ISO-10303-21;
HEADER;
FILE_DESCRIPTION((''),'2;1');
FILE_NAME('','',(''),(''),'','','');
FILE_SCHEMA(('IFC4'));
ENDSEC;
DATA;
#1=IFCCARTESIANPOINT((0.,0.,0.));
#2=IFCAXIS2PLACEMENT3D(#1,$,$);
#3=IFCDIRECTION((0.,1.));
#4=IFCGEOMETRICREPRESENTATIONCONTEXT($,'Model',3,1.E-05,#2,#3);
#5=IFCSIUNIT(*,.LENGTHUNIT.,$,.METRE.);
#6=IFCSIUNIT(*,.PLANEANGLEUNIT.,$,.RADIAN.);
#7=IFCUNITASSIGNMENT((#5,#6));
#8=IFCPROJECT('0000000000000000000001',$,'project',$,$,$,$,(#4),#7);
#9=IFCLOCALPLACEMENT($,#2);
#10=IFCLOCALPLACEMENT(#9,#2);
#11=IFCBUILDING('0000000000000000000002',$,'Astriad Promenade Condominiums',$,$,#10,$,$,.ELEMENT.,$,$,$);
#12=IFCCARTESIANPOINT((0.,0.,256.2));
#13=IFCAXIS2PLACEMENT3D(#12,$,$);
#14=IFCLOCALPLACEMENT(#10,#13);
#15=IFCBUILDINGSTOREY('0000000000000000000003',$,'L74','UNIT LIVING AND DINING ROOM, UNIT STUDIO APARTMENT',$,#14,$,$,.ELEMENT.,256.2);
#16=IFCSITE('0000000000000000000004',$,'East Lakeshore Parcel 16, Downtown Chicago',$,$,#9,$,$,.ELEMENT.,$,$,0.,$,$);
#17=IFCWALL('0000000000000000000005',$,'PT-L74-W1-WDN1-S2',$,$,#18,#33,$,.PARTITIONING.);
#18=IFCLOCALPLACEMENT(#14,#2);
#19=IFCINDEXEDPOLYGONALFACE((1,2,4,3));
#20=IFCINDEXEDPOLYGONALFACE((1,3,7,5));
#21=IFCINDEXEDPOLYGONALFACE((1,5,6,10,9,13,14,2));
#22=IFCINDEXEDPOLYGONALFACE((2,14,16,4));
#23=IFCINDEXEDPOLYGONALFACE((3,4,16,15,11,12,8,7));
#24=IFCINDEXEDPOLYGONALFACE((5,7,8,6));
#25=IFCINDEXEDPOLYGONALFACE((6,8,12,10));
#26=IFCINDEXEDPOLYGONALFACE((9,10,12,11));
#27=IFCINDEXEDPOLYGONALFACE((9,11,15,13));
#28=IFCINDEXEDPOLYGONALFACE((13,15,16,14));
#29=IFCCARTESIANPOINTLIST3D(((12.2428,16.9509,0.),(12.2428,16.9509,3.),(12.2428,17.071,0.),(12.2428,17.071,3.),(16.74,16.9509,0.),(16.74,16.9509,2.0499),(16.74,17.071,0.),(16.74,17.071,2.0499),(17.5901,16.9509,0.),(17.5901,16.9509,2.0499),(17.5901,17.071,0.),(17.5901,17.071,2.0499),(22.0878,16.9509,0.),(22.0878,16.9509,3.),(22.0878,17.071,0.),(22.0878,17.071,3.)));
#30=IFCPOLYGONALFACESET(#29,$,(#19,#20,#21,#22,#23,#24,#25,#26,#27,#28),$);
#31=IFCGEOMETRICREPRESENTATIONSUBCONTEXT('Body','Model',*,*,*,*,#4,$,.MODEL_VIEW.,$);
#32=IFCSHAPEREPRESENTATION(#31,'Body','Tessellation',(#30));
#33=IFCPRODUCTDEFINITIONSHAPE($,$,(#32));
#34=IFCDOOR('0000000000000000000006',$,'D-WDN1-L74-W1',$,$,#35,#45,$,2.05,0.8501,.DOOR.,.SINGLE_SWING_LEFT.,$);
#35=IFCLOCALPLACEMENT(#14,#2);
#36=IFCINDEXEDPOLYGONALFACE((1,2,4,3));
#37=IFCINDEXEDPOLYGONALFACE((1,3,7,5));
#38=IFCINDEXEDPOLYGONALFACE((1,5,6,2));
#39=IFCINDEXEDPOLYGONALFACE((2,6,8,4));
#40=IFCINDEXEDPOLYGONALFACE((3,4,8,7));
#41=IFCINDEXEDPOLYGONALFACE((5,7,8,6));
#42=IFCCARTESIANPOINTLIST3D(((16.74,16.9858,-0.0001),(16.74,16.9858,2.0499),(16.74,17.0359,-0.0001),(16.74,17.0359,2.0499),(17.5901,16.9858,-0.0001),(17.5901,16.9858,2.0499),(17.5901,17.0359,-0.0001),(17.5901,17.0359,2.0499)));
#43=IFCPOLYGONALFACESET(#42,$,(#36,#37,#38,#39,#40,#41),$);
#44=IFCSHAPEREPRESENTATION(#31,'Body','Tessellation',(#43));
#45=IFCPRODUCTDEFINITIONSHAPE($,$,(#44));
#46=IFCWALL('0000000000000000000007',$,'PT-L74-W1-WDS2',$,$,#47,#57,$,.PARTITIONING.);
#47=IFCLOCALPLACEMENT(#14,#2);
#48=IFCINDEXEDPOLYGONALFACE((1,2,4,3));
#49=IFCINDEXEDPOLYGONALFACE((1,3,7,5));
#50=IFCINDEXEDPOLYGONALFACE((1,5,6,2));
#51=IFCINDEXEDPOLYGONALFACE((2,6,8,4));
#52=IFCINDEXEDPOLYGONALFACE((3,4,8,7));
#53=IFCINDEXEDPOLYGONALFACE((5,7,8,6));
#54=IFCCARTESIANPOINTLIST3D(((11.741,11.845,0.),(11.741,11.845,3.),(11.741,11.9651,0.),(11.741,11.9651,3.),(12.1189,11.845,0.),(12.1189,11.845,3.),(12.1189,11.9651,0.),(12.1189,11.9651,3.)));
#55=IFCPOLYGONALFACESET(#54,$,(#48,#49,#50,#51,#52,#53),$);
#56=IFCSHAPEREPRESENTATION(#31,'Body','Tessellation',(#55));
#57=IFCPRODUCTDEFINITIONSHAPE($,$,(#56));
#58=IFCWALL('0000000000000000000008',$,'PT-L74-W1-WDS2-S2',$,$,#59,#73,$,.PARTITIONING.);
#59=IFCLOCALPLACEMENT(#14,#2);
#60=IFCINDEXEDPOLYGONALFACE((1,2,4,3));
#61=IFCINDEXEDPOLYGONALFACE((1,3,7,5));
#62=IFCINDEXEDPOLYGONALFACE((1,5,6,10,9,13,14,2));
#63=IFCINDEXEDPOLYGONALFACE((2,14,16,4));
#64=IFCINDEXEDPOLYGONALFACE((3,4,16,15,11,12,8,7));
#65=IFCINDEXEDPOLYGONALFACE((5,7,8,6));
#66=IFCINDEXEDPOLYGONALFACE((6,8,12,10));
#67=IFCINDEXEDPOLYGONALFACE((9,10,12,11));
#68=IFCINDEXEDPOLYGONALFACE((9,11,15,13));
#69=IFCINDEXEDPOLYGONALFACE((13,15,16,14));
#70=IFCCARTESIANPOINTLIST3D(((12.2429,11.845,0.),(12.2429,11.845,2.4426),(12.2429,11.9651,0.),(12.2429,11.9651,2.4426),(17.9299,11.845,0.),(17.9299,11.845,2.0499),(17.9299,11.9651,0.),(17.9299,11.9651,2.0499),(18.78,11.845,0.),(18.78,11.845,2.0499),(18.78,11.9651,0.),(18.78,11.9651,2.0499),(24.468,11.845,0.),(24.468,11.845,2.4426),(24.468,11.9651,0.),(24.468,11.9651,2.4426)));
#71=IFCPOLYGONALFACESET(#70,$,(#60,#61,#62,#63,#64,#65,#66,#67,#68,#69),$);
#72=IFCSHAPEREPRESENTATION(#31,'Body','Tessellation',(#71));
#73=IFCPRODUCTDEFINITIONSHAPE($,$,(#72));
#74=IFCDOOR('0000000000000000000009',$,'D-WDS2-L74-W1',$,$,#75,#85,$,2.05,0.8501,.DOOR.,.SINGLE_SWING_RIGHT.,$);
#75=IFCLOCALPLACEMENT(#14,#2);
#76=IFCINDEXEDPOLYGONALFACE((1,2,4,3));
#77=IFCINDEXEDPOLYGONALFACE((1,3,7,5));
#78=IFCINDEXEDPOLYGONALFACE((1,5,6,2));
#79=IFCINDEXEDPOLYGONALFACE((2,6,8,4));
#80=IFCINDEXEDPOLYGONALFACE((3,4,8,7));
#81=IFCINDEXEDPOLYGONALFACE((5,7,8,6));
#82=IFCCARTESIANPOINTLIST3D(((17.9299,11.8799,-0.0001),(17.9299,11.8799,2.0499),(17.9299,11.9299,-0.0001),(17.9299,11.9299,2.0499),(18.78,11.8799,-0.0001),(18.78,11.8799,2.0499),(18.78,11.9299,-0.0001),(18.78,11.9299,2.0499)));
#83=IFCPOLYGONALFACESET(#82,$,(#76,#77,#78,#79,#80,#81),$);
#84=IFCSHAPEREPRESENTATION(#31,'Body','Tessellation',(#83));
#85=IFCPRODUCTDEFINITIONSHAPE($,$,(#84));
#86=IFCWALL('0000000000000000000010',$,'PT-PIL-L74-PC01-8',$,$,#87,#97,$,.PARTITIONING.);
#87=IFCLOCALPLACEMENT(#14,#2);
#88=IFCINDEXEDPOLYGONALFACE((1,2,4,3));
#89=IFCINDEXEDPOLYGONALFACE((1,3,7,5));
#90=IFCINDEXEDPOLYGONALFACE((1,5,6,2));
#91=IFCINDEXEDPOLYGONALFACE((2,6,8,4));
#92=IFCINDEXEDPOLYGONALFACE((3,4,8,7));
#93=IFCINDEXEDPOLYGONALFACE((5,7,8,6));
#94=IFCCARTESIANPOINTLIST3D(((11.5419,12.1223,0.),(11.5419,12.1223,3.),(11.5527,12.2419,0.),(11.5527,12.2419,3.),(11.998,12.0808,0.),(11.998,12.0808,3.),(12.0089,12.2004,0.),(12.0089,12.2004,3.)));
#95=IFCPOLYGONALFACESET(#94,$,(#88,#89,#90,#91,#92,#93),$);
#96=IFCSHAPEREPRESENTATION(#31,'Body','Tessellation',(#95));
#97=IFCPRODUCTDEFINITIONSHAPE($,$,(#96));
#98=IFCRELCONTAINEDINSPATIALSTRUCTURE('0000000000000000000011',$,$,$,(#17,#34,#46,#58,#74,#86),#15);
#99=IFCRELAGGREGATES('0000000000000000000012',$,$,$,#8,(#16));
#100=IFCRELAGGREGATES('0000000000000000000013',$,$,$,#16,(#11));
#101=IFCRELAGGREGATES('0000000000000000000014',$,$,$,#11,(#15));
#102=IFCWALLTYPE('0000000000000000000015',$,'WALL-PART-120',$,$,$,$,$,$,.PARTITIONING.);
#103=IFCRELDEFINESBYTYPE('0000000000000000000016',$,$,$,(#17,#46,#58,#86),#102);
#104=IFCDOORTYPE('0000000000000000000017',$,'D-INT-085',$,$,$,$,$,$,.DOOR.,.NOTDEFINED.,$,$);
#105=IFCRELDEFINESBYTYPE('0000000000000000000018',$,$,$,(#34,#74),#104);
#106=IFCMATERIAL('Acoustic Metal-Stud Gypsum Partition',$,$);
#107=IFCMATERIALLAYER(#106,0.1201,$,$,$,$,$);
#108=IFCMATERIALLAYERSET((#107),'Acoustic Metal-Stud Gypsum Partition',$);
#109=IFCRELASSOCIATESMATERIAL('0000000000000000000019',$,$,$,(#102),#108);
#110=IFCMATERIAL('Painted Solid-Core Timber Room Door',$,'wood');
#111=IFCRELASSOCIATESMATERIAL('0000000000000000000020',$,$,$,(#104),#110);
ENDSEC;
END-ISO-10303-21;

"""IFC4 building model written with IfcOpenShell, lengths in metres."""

from ifc_helpers import new_model, si_unit, direction, frame, frame_2d, origin, place, context, subcontext, project, spatial, rectangle, extrude, source, transform, mapped, material, layer, layer_set, type_object, type_shapes, element, fill, save


model = new_model("IFC4")

# Units and contexts
model_context = context("Model", 3, precision=1e-05, world=origin(), true_north=direction((0.0, 1.0)))
body_context = subcontext(model_context, "Body", "Model", "MODEL_VIEW")
ifc_project = project(units=[si_unit("LENGTHUNIT", "METRE"), si_unit("PLANEANGLEUNIT", "RADIAN")], contexts=[model_context])

# Site, building, storey
site_placement = place(None, origin())
site = spatial("IfcSite", under=ifc_project, at=site_placement, Name="East Lakeshore Parcel 16, Downtown Chicago", CompositionType="ELEMENT", RefElevation=0.0)
building_placement = place(site_placement, origin())
building = spatial("IfcBuilding", under=site, at=building_placement, Name="Astriad Promenade Condominiums", CompositionType="ELEMENT")
storey_placement = place(building_placement, frame((0.0, 0.0, 256.2)))
storey = spatial("IfcBuildingStorey", under=building, at=storey_placement, Name="L74", Description="UNIT LIVING AND DINING ROOM, UNIT STUDIO APARTMENT", CompositionType="ELEMENT", Elevation=256.2)

# Shared definitions
ifc_material_1 = material(Name="Acoustic Metal-Stud Gypsum Partition")
ifc_layer_1 = layer(ifc_material_1, 0.1201)
ifc_layer_set_1 = layer_set([ifc_layer_1], Name="Acoustic Metal-Stud Gypsum Partition")
wall_type_1 = type_object("IfcWallType", Name="WALL-PART-120", PredefinedType="PARTITIONING", material=ifc_layer_set_1)
ifc_material_2 = material(Name="Painted Solid-Core Timber Room Door", Category="wood")
door_type = type_object("IfcDoorType", Name="D-INT-085", OperationType="NOTDEFINED", PredefinedType="DOOR", material=ifc_material_2)
shared_shape_1 = source(origin(), body_context, "Body", "SweptSolid", [
    extrude(rectangle(XDim=0.8501, YDim=2.05, at=frame_2d((0.425, 1.0249))), frame((0.0, 0.0249, 0.0), z_axis=(0.0, -1.0, 0.0), x_axis=(1.0, 0.0, 0.0)), (0.0, 0.0, 1.0), 0.05),
])
type_shapes(door_type, [shared_shape_1])

# Wall, opening, door
wall_1_placement = place(storey_placement, frame((12.2429, 17.011, 0.0), z_axis=(0.0, 0.0, 1.0), x_axis=(1.0, 0.0, 0.0)))
wall_1 = element("IfcWall", 1, at=wall_1_placement, inside=storey, type_object=wall_type_1, Name="PT-L74-W1-WDN1-S2", PredefinedType="PARTITIONING", context=body_context, shape_type="SweptSolid", body=[
    extrude(rectangle(XDim=9.845, YDim=0.1201, at=frame_2d((4.9224, 0.0))), origin(), (0.0, 0.0, 1.0), 3.0),
])
opening_1_placement = place(wall_1_placement, frame((4.4971, 0.0, 0.0)))
opening_1 = element("IfcOpeningElement", 2, at=opening_1_placement, cuts=wall_1, PredefinedType="OPENING", context=body_context, shape_type="SweptSolid", body=[
    extrude(rectangle(XDim=0.8501, YDim=2.05, at=frame_2d((0.425, 1.0249))), frame((0.0, 0.0701, 0.0), z_axis=(0.0, -1.0, 0.0), x_axis=(1.0, 0.0, 0.0)), (0.0, 0.0, 1.0), 0.1401),
])
door_1_placement = place(opening_1_placement, origin())
door_1 = element("IfcDoor", 3, at=door_1_placement, inside=storey, type_object=door_type, Name="D-WDN1-L74-W1", OperationType="SINGLE_SWING_LEFT", OverallHeight=2.05, OverallWidth=0.8501, PredefinedType="DOOR", context=body_context, shape_type="MappedRepresentation", body=[
    mapped(shared_shape_1, transform((0.0, 0.0, 0.0), scale=1.0)),
])
fill(opening_1, door_1)

# Wall
wall_2_placement = place(storey_placement, frame((11.741, 11.905, 0.0), z_axis=(0.0, 0.0, 1.0), x_axis=(1.0, 0.0, 0.0)))
element("IfcWall", 4, at=wall_2_placement, inside=storey, type_object=wall_type_1, Name="PT-L74-W1-WDS2", PredefinedType="PARTITIONING", context=body_context, shape_type="SweptSolid", body=[
    extrude(rectangle(XDim=0.3779, YDim=0.1201, at=frame_2d((0.189, 0.0))), origin(), (0.0, 0.0, 1.0), 3.0),
])

# Wall, opening, door
wall_3_placement = place(storey_placement, frame((12.2429, 11.905, 0.0), z_axis=(0.0, 0.0, 1.0), x_axis=(1.0, 0.0, 0.0)))
wall_3 = element("IfcWall", 5, at=wall_3_placement, inside=storey, type_object=wall_type_1, Name="PT-L74-W1-WDS2-S2", PredefinedType="PARTITIONING", context=body_context, shape_type="SweptSolid", body=[
    extrude(rectangle(XDim=12.2251, YDim=0.1201, at=frame_2d((6.1125, 0.0))), origin(), (0.0, 0.0, 1.0), 2.4426),
])
opening_2_placement = place(wall_3_placement, frame((5.687, 0.0, 0.0)))
opening_2 = element("IfcOpeningElement", 6, at=opening_2_placement, cuts=wall_3, PredefinedType="OPENING", context=body_context, shape_type="SweptSolid", body=[
    extrude(rectangle(XDim=0.8501, YDim=2.05, at=frame_2d((0.425, 1.0249))), frame((0.0, 0.0701, 0.0), z_axis=(0.0, -1.0, 0.0), x_axis=(1.0, 0.0, 0.0)), (0.0, 0.0, 1.0), 0.1401),
])
door_2_placement = place(opening_2_placement, origin())
door_2 = element("IfcDoor", 7, at=door_2_placement, inside=storey, type_object=door_type, Name="D-WDS2-L74-W1", OperationType="SINGLE_SWING_RIGHT", OverallHeight=2.05, OverallWidth=0.8501, PredefinedType="DOOR", context=body_context, shape_type="MappedRepresentation", body=[
    mapped(shared_shape_1, transform((0.0, 0.0, 0.0), scale=1.0)),
])
fill(opening_2, door_2)

# Wall
wall_4_placement = place(storey_placement, frame((12.0034, 12.1406, 0.0), z_axis=(0.0, 0.0, 1.0), x_axis=(-0.995884, 0.090632, 0.0)))
element("IfcWall", 8, at=wall_4_placement, inside=storey, type_object=wall_type_1, Name="PT-PIL-L74-PC01-8", PredefinedType="PARTITIONING", context=body_context, shape_type="SweptSolid", body=[
    extrude(rectangle(XDim=0.458, YDim=0.1201, at=frame_2d((0.229, 0.0))), origin(), (0.0, 0.0, 1.0), 3.0),
])

save(model, "model.ifc")
